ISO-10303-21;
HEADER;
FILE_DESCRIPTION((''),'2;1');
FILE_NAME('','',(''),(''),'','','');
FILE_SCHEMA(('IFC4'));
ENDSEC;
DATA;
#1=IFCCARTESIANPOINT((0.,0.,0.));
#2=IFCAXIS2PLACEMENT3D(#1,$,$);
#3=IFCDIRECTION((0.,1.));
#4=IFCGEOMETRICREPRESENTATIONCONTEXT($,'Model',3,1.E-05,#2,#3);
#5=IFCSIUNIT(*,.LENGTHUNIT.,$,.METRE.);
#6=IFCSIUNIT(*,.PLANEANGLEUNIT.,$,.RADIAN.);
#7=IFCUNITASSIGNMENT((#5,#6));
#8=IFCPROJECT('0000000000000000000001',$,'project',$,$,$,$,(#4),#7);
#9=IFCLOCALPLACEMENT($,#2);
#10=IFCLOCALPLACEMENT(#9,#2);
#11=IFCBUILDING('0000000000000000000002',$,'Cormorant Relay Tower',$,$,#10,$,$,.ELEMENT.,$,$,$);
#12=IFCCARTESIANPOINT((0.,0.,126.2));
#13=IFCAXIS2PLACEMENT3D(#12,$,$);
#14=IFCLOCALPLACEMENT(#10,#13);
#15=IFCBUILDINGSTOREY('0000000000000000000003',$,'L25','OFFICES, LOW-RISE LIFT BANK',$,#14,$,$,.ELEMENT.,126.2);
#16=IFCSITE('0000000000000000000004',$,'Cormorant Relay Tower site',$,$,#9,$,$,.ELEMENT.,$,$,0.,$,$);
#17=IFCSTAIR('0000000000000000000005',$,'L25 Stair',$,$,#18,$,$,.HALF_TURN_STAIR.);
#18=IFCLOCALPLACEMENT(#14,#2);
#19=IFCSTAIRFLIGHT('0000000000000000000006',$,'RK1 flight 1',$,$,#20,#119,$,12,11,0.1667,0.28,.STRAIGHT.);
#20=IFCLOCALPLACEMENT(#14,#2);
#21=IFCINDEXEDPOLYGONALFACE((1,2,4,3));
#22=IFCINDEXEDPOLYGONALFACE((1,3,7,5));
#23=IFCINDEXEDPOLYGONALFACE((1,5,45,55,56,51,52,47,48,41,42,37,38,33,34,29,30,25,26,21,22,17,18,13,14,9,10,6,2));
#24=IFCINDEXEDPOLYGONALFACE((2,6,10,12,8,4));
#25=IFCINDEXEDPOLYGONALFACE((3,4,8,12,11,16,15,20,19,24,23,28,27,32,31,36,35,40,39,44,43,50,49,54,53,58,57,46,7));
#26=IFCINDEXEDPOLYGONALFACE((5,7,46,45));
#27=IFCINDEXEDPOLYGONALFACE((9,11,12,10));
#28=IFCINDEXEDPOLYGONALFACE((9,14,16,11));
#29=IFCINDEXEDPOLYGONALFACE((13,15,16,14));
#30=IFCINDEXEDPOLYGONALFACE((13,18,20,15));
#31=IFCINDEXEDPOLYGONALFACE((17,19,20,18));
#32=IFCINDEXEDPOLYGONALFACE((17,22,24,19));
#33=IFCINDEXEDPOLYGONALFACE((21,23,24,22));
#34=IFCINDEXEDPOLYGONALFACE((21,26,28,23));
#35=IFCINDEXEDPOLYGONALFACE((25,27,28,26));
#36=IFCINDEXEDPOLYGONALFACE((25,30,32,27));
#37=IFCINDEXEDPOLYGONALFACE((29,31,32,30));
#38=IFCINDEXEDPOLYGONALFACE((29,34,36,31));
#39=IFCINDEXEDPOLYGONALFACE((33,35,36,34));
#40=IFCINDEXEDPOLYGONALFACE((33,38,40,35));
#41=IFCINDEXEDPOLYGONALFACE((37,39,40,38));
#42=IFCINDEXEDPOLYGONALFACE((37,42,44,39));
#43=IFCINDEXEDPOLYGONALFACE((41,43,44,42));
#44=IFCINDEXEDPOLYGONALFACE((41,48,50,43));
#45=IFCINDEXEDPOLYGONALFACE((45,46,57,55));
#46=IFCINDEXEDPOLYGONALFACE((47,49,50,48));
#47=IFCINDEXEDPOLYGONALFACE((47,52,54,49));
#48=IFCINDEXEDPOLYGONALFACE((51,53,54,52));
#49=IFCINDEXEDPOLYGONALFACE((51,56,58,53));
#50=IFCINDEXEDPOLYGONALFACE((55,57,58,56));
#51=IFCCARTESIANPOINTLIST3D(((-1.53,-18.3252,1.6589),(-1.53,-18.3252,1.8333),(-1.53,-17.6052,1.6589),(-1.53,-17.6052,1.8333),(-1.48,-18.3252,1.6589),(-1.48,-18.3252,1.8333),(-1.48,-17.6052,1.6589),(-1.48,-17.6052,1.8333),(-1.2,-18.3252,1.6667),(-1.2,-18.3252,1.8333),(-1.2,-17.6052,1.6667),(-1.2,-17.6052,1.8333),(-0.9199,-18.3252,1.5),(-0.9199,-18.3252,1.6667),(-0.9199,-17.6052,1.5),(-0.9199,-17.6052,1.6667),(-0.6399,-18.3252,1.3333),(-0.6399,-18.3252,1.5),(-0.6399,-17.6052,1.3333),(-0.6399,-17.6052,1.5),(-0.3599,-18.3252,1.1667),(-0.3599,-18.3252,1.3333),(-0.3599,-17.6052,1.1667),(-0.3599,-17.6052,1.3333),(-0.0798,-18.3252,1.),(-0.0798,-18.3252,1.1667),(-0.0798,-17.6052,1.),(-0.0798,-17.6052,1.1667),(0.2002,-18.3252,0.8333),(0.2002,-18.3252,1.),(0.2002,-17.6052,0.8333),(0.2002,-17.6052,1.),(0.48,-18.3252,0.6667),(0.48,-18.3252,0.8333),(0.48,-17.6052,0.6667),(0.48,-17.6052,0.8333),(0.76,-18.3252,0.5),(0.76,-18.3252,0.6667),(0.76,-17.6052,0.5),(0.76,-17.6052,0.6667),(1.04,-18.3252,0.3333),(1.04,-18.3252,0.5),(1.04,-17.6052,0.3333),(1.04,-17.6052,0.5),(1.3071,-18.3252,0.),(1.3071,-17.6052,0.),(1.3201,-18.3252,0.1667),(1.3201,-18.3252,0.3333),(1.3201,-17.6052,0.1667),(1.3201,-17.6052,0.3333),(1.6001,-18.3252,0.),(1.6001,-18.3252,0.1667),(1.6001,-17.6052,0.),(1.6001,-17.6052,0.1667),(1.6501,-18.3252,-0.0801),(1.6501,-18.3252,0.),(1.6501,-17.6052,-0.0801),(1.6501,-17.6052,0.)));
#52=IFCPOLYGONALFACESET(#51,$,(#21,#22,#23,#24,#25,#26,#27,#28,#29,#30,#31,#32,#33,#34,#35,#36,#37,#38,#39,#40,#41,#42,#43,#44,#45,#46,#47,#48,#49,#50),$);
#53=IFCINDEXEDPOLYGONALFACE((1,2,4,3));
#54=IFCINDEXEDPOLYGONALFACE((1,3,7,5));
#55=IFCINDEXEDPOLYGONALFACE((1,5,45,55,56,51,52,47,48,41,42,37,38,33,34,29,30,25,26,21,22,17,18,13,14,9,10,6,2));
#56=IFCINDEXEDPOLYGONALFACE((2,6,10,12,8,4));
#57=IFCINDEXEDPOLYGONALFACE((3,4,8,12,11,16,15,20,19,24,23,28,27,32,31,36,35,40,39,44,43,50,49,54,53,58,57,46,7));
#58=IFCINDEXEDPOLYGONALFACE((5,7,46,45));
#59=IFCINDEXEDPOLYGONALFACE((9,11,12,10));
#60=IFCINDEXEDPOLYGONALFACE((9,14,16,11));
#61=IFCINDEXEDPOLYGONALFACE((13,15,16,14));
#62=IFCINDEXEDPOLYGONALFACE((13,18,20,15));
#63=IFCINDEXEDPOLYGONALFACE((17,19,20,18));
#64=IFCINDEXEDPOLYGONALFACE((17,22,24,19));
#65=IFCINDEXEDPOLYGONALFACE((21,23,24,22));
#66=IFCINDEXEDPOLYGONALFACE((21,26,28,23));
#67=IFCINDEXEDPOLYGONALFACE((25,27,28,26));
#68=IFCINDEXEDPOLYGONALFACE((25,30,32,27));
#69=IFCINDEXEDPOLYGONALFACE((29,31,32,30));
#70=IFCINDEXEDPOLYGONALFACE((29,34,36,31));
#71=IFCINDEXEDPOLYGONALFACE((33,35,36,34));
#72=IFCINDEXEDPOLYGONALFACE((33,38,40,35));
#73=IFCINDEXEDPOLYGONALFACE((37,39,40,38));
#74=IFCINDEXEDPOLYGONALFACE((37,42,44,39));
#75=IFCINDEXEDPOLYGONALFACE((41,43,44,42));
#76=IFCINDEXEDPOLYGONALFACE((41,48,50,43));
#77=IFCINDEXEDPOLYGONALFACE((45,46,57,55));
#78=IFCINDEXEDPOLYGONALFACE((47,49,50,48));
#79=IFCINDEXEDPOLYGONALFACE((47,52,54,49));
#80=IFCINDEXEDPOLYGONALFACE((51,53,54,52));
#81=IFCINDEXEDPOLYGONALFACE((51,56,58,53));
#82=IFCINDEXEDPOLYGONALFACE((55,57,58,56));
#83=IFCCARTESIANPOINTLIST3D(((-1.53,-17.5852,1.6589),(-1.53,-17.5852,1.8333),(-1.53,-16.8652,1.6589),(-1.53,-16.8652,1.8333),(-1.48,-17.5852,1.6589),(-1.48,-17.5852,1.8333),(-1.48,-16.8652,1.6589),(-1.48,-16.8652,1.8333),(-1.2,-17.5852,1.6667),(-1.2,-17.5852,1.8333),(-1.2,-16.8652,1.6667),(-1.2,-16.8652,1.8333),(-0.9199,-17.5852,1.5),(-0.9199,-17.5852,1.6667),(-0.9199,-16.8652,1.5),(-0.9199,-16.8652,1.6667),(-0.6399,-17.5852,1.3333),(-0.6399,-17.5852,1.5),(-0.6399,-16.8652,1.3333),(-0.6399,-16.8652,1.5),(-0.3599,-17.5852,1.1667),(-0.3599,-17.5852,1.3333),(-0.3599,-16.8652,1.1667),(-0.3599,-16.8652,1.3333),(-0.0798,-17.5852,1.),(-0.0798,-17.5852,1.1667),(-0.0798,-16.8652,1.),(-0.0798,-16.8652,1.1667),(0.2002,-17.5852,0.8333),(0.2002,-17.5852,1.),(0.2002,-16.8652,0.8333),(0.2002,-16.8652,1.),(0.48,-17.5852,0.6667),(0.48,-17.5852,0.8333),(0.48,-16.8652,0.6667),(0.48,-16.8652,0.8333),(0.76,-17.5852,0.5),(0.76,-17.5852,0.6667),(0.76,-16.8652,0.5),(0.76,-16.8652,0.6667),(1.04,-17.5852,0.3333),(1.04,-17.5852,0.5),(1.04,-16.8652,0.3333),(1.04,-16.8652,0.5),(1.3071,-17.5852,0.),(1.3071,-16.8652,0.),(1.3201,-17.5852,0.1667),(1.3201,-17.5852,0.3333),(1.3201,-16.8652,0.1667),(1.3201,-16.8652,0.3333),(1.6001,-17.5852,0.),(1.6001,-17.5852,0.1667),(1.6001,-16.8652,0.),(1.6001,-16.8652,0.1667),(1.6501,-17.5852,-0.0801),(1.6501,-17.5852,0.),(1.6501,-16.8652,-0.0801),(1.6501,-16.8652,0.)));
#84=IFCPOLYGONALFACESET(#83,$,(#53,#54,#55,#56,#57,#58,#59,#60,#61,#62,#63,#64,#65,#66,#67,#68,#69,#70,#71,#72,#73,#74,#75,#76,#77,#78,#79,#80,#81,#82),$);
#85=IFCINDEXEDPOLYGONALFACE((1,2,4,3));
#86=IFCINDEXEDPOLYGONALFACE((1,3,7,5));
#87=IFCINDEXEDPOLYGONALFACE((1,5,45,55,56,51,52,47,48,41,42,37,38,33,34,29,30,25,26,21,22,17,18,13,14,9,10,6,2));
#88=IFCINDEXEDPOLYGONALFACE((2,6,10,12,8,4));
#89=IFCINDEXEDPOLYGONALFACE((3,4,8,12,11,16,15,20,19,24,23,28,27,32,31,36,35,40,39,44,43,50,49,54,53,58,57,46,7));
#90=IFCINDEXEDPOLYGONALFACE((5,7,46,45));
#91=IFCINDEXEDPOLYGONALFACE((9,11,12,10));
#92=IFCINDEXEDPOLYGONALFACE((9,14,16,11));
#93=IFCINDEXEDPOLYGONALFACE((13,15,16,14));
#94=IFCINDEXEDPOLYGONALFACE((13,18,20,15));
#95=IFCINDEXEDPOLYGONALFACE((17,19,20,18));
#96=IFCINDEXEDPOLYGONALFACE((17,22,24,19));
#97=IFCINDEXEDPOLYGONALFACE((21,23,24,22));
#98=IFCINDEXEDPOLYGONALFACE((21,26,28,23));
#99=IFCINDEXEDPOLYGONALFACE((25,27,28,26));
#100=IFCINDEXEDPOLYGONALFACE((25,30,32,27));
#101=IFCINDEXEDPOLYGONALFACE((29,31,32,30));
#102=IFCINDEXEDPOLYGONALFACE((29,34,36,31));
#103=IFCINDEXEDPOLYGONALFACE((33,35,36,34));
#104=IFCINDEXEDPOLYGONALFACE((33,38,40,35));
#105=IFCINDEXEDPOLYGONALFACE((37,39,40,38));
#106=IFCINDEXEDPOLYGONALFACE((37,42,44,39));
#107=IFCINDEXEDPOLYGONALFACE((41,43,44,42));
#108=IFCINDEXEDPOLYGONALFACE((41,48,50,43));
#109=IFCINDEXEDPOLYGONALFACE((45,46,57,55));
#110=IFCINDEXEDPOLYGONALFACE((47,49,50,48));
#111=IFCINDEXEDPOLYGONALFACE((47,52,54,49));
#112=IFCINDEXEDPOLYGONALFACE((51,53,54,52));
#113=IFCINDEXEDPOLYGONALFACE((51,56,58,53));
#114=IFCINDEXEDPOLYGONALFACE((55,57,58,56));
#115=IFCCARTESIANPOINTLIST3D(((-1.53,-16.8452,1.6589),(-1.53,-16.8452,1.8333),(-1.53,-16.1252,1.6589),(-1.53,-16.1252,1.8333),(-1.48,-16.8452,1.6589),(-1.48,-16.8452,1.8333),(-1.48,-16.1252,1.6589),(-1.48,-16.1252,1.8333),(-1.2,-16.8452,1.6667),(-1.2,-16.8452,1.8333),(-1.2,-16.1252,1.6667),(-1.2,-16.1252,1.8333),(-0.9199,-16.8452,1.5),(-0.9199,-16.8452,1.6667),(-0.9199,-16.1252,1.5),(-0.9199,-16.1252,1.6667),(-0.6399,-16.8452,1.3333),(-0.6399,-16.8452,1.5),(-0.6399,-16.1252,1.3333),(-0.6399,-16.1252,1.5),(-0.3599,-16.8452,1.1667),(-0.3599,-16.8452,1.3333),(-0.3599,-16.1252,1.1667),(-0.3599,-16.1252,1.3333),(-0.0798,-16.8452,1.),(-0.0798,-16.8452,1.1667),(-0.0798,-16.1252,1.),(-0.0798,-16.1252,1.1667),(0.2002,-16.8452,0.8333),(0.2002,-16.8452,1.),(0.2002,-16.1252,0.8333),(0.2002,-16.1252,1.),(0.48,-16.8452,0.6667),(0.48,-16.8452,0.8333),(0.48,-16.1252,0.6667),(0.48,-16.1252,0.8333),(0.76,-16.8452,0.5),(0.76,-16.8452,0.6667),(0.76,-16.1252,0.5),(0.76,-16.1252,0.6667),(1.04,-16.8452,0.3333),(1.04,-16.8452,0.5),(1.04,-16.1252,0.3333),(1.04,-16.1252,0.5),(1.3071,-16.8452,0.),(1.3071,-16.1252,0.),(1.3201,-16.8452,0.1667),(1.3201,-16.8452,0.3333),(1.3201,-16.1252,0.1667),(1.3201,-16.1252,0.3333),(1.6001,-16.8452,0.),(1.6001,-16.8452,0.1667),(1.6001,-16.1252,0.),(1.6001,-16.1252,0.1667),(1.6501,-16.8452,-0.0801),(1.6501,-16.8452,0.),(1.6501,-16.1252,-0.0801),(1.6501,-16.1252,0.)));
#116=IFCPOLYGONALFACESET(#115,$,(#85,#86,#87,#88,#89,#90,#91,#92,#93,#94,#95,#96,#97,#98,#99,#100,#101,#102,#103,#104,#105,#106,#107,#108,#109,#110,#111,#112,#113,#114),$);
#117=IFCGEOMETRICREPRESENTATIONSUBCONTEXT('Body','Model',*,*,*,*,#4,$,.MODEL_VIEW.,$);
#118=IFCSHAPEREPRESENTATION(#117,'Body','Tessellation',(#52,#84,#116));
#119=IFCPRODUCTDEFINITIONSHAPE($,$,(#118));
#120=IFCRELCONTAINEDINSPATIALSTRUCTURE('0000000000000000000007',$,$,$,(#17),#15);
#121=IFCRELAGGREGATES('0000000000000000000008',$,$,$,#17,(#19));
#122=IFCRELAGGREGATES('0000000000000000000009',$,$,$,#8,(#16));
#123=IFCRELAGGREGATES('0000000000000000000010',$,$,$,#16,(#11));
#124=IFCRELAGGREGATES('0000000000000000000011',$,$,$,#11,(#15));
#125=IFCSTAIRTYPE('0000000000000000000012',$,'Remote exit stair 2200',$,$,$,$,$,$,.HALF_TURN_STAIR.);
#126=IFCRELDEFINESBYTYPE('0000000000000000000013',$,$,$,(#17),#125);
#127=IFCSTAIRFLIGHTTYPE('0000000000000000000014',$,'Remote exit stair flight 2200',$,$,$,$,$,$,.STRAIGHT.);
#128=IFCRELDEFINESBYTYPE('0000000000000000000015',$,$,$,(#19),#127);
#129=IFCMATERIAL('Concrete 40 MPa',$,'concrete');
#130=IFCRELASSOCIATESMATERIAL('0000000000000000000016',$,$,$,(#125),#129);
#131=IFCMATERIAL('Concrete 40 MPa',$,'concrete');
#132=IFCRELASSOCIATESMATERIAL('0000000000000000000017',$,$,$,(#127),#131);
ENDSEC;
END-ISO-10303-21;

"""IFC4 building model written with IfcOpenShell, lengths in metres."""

from ifc_helpers import new_model, si_unit, direction, frame, origin, place, context, subcontext, project, spatial, polyline, outline, extrude, material, type_object, element, aggregate, save


model = new_model("IFC4")

# Units and contexts
model_context = context("Model", 3, precision=1e-05, world=origin(), true_north=direction((0.0, 1.0)))
body_context = subcontext(model_context, "Body", "Model", "MODEL_VIEW")
ifc_project = project(units=[si_unit("LENGTHUNIT", "METRE"), si_unit("PLANEANGLEUNIT", "RADIAN")], contexts=[model_context])

# Site, building, storey
site_placement = place(None, origin())
site = spatial("IfcSite", under=ifc_project, at=site_placement, Name="Cormorant Relay Tower site", CompositionType="ELEMENT", RefElevation=0.0)
building_placement = place(site_placement, origin())
building = spatial("IfcBuilding", under=site, at=building_placement, Name="Cormorant Relay Tower", CompositionType="ELEMENT")
storey_placement = place(building_placement, frame((0.0, 0.0, 126.2)))
storey = spatial("IfcBuildingStorey", under=building, at=storey_placement, Name="L25", Description="OFFICES, LOW-RISE LIFT BANK", CompositionType="ELEMENT", Elevation=126.2)

# Stair, stair flight
ifc_material_1 = material(Name="Concrete 40 MPa", Category="concrete")
stair_type = type_object("IfcStairType", Name="Remote exit stair 2200", PredefinedType="HALF_TURN_STAIR", material=ifc_material_1)
stair_placement = place(storey_placement, origin())
stair = element("IfcStair", 1, at=stair_placement, inside=storey, type_object=stair_type, Name="L25 Stair", PredefinedType="HALF_TURN_STAIR")
ifc_material_2 = material(Name="Concrete 40 MPa", Category="concrete")
stair_flight_type = type_object("IfcStairFlightType", Name="Remote exit stair flight 2200", PredefinedType="STRAIGHT", material=ifc_material_2)
stair_flight_1_placement = place(storey_placement, frame((1.6001, -17.2251, 0.0), z_axis=(0.0, 0.0, 1.0), x_axis=(-1.0, 0.0, 0.0)))
stair_flight_1 = element("IfcStairFlight", 2, at=stair_flight_1_placement, type_object=stair_flight_type, Name="RK1 flight 1", NumberOfRisers=12, NumberOfTreads=11, PredefinedType="STRAIGHT", RiserHeight=0.1667, TreadLength=0.28, context=body_context, shape_type="SweptSolid", body=[
    extrude(outline(polyline([(-0.05, -0.0801), (-0.05, 0.0), (0.0, 0.0), (0.0, 0.1667), (0.28, 0.1667), (0.28, 0.3333), (0.5601, 0.3333), (0.5601, 0.5), (0.8401, 0.5), (0.8401, 0.6667), (1.1201, 0.6667), (1.1201, 0.8333), (1.3999, 0.8333), (1.3999, 1.0), (1.6799, 1.0), (1.6799, 1.1667), (1.96, 1.1667), (1.96, 1.3333), (2.24, 1.3333), (2.24, 1.5), (2.52, 1.5), (2.52, 1.6667), (2.8, 1.6667), (2.8, 1.8333), (3.0801, 1.8333), (3.1301, 1.8333), (3.1301, 1.6589), (3.0801, 1.6589), (0.293, 0.0), (-0.05, -0.0801)])), frame((0.0, 1.1001, 0.0), z_axis=(0.0, -1.0, 0.0), x_axis=(1.0, 0.0, 0.0)), (0.0, 0.0, 1.0), 0.72),
    extrude(outline(polyline([(-0.05, -0.0801), (-0.05, 0.0), (0.0, 0.0), (0.0, 0.1667), (0.28, 0.1667), (0.28, 0.3333), (0.5601, 0.3333), (0.5601, 0.5), (0.8401, 0.5), (0.8401, 0.6667), (1.1201, 0.6667), (1.1201, 0.8333), (1.3999, 0.8333), (1.3999, 1.0), (1.6799, 1.0), (1.6799, 1.1667), (1.96, 1.1667), (1.96, 1.3333), (2.24, 1.3333), (2.24, 1.5), (2.52, 1.5), (2.52, 1.6667), (2.8, 1.6667), (2.8, 1.8333), (3.0801, 1.8333), (3.1301, 1.8333), (3.1301, 1.6589), (3.0801, 1.6589), (0.293, 0.0), (-0.05, -0.0801)])), frame((0.0, 0.3601, 0.0), z_axis=(0.0, -1.0, 0.0), x_axis=(1.0, 0.0, 0.0)), (0.0, 0.0, 1.0), 0.72),
    extrude(outline(polyline([(-0.05, -0.0801), (-0.05, 0.0), (0.0, 0.0), (0.0, 0.1667), (0.28, 0.1667), (0.28, 0.3333), (0.5601, 0.3333), (0.5601, 0.5), (0.8401, 0.5), (0.8401, 0.6667), (1.1201, 0.6667), (1.1201, 0.8333), (1.3999, 0.8333), (1.3999, 1.0), (1.6799, 1.0), (1.6799, 1.1667), (1.96, 1.1667), (1.96, 1.3333), (2.24, 1.3333), (2.24, 1.5), (2.52, 1.5), (2.52, 1.6667), (2.8, 1.6667), (2.8, 1.8333), (3.0801, 1.8333), (3.1301, 1.8333), (3.1301, 1.6589), (3.0801, 1.6589), (0.293, 0.0), (-0.05, -0.0801)])), frame((0.0, -0.3799, 0.0), z_axis=(0.0, -1.0, 0.0), x_axis=(1.0, 0.0, 0.0)), (0.0, 0.0, 1.0), 0.72),
])
aggregate(stair, [stair_flight_1])

save(model, "model.ifc")
